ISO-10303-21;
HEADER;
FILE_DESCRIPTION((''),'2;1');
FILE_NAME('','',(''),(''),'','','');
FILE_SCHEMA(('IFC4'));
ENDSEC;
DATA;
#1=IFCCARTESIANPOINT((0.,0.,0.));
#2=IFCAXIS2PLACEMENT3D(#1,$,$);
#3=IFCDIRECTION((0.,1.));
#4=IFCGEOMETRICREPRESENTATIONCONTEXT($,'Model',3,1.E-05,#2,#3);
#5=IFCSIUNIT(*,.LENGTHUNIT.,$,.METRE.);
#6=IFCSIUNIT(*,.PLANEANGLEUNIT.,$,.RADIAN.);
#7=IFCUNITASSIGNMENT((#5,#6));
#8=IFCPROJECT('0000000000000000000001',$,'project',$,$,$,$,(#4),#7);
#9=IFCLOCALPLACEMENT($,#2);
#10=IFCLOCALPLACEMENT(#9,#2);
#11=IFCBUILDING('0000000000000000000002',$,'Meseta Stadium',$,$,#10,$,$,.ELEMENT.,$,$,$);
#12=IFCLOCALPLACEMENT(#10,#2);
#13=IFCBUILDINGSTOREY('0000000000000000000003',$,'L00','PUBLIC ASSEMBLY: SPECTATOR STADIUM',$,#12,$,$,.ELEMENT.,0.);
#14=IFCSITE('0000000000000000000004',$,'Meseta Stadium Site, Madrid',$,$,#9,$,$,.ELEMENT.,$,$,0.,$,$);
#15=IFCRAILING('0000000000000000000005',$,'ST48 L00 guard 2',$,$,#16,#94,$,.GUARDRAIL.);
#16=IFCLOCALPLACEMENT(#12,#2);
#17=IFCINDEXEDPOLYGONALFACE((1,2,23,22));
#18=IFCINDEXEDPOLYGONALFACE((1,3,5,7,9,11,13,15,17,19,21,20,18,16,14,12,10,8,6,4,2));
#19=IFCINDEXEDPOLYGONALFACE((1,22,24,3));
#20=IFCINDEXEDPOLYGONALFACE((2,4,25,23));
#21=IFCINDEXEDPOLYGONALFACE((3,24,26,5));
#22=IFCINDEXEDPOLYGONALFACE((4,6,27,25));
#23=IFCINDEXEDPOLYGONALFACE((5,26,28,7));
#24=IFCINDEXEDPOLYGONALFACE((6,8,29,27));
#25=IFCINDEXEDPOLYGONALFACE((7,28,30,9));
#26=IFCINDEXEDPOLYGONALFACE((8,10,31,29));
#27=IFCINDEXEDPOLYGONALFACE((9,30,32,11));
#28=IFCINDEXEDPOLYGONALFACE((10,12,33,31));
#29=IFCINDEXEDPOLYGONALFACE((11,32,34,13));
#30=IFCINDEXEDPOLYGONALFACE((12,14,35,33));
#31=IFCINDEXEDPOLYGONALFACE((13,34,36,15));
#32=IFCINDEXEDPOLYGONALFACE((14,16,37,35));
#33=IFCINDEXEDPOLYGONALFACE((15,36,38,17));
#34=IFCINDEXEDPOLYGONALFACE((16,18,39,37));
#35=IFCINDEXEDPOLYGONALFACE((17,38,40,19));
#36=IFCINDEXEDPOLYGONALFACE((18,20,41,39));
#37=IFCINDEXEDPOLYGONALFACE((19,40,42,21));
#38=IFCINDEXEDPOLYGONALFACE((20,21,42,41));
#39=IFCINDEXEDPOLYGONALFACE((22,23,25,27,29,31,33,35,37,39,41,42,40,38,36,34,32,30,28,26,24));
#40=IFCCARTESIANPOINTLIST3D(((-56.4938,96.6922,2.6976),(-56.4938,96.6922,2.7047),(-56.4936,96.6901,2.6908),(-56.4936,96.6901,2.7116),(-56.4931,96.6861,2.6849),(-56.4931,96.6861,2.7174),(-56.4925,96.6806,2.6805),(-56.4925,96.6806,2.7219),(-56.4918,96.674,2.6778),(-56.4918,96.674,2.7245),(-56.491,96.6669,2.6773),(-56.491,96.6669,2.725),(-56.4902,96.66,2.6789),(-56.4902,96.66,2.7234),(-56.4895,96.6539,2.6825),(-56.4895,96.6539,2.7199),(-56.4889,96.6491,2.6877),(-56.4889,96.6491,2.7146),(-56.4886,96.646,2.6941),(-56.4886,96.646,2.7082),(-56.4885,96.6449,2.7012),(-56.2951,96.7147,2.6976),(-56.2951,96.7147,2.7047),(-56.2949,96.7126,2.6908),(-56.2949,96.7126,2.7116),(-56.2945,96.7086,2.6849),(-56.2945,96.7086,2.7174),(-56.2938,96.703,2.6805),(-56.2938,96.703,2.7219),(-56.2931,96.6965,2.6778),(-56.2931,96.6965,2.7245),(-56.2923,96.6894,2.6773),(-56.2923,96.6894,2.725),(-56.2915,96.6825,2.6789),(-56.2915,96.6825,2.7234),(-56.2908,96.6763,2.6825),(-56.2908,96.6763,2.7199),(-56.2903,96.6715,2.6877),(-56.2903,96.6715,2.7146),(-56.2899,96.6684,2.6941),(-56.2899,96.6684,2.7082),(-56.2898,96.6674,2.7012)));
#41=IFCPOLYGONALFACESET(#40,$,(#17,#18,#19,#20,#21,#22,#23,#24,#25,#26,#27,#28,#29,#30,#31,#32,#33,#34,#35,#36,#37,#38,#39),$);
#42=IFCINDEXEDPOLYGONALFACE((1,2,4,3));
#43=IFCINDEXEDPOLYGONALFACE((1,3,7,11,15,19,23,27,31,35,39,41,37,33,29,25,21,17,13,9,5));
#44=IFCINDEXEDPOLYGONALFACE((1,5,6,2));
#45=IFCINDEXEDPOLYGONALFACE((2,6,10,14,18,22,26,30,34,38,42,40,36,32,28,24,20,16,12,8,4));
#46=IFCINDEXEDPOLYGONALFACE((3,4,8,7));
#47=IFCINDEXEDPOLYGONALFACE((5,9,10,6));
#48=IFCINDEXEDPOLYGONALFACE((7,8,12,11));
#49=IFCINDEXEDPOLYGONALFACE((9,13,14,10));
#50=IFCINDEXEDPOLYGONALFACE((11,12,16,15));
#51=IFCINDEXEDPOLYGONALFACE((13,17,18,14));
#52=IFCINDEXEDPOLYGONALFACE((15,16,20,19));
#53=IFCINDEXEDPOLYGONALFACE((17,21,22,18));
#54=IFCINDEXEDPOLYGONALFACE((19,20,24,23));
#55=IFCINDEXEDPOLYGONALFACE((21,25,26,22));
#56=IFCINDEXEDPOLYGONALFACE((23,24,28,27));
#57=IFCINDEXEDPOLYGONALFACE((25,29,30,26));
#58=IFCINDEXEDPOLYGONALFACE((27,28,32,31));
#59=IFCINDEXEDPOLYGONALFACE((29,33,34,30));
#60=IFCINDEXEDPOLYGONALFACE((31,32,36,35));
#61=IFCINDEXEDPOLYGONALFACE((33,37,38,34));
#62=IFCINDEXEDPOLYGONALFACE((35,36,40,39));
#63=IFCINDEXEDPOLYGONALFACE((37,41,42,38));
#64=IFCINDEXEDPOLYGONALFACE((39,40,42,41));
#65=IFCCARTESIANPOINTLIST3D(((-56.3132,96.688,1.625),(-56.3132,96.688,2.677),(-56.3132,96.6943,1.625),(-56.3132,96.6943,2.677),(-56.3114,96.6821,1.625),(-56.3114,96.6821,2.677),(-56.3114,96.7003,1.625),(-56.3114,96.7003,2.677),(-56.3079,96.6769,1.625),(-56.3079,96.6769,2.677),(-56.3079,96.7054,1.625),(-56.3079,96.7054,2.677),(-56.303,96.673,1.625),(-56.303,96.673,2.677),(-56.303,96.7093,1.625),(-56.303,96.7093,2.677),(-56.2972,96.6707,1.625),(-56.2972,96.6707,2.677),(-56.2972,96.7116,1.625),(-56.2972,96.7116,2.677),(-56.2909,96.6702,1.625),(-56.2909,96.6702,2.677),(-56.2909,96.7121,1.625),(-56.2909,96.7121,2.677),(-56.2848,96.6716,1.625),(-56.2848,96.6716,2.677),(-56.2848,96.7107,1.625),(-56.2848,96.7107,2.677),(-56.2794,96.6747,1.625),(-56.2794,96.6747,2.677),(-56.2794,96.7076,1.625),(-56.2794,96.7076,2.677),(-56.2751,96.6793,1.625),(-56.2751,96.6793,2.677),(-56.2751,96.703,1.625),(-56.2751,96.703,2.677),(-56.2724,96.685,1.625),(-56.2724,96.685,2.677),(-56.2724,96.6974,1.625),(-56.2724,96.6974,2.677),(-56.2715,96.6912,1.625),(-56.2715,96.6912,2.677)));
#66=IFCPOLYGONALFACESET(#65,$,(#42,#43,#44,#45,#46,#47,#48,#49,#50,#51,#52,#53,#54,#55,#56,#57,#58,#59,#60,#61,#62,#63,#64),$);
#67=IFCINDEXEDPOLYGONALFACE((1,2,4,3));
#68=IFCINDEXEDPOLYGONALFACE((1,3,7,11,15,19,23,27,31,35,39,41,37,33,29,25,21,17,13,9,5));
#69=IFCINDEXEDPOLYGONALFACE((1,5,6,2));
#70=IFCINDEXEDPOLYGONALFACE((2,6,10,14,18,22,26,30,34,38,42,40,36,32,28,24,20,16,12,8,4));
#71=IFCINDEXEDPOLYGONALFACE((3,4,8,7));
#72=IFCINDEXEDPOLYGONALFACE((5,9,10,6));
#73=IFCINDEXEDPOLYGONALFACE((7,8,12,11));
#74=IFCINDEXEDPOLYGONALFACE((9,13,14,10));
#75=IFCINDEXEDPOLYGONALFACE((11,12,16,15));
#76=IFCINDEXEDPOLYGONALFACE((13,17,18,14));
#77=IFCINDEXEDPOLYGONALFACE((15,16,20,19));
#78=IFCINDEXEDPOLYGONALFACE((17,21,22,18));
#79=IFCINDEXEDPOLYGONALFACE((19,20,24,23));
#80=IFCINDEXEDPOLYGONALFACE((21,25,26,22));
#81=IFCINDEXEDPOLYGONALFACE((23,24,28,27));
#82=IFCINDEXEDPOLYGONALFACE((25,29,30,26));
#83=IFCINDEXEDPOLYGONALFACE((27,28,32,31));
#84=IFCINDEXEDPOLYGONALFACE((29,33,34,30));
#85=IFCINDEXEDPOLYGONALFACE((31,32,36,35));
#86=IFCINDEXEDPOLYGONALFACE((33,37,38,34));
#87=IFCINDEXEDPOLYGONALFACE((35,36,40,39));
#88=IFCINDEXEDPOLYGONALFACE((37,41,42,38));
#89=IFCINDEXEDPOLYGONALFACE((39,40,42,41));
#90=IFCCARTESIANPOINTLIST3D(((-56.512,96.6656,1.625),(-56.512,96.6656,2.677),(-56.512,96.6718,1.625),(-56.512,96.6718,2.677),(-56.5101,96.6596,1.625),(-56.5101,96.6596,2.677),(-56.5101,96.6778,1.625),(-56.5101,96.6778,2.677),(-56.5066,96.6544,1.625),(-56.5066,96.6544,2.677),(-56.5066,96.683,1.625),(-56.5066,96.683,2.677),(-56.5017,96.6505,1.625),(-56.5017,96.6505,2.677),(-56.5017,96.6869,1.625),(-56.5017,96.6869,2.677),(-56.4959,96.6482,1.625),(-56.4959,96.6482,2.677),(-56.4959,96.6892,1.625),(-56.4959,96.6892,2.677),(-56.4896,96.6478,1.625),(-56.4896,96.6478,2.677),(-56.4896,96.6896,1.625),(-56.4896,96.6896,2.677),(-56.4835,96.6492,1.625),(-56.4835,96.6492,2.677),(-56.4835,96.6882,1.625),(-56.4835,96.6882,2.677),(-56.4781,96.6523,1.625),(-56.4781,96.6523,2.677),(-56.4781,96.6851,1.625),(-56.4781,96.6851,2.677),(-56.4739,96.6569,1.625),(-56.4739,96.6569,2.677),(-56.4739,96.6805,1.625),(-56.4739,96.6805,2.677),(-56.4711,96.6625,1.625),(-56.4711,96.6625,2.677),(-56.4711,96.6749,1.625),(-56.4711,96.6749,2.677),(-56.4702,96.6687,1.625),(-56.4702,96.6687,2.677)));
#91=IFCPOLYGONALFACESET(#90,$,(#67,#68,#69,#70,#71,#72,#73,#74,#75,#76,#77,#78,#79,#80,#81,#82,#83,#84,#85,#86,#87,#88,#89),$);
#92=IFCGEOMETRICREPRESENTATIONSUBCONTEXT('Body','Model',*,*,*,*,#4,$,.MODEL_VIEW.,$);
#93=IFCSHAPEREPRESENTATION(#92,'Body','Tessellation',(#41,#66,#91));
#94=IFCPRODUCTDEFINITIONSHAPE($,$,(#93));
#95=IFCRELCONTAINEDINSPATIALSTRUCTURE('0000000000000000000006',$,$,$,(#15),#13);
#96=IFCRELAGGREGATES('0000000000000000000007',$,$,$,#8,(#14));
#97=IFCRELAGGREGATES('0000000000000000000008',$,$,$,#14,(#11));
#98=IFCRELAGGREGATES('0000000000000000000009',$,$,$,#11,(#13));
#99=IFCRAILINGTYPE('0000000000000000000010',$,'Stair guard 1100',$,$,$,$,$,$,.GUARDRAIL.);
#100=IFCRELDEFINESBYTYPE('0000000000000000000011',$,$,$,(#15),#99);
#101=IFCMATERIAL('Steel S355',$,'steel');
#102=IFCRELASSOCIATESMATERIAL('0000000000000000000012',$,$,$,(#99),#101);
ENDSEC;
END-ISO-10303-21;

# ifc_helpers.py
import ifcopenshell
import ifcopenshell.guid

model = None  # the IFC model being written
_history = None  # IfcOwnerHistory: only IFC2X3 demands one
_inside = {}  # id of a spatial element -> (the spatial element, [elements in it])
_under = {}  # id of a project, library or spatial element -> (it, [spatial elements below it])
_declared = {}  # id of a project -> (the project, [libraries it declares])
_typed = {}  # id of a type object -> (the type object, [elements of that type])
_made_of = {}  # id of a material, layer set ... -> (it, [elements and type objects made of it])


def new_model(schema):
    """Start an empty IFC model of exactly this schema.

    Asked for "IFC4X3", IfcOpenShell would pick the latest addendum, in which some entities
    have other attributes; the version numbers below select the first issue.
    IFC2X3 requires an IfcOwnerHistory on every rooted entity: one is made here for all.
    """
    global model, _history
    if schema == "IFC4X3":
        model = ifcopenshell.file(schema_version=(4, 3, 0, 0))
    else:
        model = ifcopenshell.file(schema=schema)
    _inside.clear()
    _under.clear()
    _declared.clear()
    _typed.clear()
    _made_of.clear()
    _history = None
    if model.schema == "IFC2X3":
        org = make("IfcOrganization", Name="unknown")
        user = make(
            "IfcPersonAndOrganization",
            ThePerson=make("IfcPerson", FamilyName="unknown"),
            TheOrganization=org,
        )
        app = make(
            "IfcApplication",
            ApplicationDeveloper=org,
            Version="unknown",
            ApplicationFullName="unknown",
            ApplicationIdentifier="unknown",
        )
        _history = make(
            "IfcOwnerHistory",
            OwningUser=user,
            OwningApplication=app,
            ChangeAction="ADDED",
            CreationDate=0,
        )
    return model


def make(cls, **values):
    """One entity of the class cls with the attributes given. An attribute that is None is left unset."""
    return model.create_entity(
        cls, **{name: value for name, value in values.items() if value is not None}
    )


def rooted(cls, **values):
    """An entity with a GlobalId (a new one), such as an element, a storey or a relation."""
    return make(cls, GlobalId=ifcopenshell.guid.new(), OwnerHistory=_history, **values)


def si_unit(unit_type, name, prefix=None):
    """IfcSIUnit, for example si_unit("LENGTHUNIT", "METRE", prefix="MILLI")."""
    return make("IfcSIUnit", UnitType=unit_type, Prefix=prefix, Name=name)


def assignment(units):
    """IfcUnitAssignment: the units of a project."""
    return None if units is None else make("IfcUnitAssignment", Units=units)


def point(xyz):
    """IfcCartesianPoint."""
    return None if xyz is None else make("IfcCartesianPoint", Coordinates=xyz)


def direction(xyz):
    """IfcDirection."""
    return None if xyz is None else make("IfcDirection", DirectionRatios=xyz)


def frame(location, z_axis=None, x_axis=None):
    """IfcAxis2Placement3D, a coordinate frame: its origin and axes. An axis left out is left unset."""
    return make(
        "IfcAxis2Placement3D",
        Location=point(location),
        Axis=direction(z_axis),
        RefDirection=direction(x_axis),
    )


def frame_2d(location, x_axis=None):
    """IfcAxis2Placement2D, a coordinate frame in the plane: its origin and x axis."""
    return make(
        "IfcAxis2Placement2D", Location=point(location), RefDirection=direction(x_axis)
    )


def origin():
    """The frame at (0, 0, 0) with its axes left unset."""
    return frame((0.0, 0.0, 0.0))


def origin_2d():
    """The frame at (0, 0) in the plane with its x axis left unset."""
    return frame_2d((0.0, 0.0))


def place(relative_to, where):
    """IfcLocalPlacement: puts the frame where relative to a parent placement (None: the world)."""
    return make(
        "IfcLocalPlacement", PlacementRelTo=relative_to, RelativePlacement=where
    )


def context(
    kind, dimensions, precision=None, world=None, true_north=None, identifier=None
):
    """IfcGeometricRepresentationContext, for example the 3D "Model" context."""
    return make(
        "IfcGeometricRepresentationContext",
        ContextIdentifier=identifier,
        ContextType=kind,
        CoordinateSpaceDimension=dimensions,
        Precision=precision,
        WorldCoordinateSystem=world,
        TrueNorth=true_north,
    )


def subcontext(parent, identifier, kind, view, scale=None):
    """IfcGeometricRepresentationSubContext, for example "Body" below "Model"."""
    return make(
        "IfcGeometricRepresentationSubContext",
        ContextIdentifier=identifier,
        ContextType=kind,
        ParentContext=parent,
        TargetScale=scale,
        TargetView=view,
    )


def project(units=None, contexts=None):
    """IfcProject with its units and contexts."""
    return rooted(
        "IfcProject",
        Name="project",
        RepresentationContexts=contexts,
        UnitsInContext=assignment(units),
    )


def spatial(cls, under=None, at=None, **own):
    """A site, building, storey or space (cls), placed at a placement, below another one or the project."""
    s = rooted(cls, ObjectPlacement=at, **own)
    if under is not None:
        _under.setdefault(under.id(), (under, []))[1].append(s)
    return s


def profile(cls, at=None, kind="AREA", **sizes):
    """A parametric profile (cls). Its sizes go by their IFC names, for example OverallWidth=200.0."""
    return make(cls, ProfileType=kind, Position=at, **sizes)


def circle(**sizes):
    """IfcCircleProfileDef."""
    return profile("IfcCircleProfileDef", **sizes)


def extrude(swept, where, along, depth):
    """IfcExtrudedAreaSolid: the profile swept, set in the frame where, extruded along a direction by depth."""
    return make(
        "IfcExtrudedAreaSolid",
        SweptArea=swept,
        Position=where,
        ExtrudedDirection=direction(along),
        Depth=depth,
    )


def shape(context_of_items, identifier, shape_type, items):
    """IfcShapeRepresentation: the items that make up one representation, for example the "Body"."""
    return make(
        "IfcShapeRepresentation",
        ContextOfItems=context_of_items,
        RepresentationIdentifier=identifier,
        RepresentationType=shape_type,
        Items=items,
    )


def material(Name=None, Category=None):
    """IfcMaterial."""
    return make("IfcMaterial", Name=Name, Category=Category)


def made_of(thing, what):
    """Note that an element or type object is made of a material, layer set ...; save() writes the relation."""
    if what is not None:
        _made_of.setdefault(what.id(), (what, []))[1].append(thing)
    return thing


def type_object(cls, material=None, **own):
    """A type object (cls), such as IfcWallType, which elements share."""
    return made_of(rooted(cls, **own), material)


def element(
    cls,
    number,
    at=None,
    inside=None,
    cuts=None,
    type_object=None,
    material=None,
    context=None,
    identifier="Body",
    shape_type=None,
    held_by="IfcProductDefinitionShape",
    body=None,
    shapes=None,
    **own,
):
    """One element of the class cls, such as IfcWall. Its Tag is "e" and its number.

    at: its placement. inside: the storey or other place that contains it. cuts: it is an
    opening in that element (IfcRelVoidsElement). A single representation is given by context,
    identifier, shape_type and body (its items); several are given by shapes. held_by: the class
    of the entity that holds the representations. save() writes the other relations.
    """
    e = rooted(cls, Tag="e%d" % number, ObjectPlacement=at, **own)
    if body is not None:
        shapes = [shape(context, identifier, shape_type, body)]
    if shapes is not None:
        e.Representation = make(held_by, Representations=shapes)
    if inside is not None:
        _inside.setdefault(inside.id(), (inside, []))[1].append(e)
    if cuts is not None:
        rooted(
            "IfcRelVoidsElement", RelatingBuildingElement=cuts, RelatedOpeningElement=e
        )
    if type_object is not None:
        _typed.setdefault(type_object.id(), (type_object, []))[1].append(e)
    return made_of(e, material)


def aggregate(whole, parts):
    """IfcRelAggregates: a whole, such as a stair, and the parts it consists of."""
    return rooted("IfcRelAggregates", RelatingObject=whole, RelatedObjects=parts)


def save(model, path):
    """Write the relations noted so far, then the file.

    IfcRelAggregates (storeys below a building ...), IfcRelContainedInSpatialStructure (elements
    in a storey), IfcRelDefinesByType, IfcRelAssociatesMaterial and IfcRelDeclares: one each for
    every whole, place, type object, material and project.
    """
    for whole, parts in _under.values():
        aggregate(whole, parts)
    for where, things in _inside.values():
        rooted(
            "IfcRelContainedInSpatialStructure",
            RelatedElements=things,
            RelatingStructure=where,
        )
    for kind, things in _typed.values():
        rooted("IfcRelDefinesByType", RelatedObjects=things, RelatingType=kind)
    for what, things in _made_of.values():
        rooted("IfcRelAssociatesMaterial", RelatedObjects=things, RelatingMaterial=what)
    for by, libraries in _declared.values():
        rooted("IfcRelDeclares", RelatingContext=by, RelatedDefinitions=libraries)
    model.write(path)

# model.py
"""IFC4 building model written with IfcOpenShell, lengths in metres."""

from ifc_helpers import new_model, si_unit, direction, frame, origin, origin_2d, place, context, subcontext, project, spatial, circle, extrude, material, type_object, element, save


model = new_model("IFC4")

# Units and contexts
model_context = context("Model", 3, precision=1e-05, world=origin(), true_north=direction((0.0, 1.0)))
body_context = subcontext(model_context, "Body", "Model", "MODEL_VIEW")
ifc_project = project(units=[si_unit("LENGTHUNIT", "METRE"), si_unit("PLANEANGLEUNIT", "RADIAN")], contexts=[model_context])

# Site, building, storey
site_placement = place(None, origin())
site = spatial("IfcSite", under=ifc_project, at=site_placement, Name="Meseta Stadium Site, Madrid", CompositionType="ELEMENT", RefElevation=0.0)
building_placement = place(site_placement, origin())
building = spatial("IfcBuilding", under=site, at=building_placement, Name="Meseta Stadium", CompositionType="ELEMENT")
storey_placement = place(building_placement, origin())
storey = spatial("IfcBuildingStorey", under=building, at=storey_placement, Name="L00", Description="PUBLIC ASSEMBLY: SPECTATOR STADIUM", CompositionType="ELEMENT", Elevation=0.0)

# Railing
ifc_material_1 = material(Name="Steel S355", Category="steel")
railing_type_1 = type_object("IfcRailingType", Name="Stair guard 1100", PredefinedType="GUARDRAIL", material=ifc_material_1)
railing_1_placement = place(storey_placement, frame((-56.2925, 96.6912, 1.625)))
element("IfcRailing", 1, at=railing_1_placement, inside=storey, type_object=railing_type_1, Name="ST48 L00 guard 2", PredefinedType="GUARDRAIL", context=body_context, shape_type="SweptSolid", body=[
    extrude(circle(Radius=0.0239, at=origin_2d()), frame((0.0, 0.0, 1.0762), z_axis=(-0.993674, -0.112307, 0.0), x_axis=(0.112307, -0.993674, 0.0)), (0.0, 0.0, 1.0), 0.2),
    extrude(circle(Radius=0.021, at=origin_2d()), origin(), (0.0, 0.0, 1.0), 1.052),
    extrude(circle(Radius=0.021, at=origin_2d()), frame((-0.1987, -0.0225, 0.0)), (0.0, 0.0, 1.0), 1.052),
])

save(model, "model.ifc")
